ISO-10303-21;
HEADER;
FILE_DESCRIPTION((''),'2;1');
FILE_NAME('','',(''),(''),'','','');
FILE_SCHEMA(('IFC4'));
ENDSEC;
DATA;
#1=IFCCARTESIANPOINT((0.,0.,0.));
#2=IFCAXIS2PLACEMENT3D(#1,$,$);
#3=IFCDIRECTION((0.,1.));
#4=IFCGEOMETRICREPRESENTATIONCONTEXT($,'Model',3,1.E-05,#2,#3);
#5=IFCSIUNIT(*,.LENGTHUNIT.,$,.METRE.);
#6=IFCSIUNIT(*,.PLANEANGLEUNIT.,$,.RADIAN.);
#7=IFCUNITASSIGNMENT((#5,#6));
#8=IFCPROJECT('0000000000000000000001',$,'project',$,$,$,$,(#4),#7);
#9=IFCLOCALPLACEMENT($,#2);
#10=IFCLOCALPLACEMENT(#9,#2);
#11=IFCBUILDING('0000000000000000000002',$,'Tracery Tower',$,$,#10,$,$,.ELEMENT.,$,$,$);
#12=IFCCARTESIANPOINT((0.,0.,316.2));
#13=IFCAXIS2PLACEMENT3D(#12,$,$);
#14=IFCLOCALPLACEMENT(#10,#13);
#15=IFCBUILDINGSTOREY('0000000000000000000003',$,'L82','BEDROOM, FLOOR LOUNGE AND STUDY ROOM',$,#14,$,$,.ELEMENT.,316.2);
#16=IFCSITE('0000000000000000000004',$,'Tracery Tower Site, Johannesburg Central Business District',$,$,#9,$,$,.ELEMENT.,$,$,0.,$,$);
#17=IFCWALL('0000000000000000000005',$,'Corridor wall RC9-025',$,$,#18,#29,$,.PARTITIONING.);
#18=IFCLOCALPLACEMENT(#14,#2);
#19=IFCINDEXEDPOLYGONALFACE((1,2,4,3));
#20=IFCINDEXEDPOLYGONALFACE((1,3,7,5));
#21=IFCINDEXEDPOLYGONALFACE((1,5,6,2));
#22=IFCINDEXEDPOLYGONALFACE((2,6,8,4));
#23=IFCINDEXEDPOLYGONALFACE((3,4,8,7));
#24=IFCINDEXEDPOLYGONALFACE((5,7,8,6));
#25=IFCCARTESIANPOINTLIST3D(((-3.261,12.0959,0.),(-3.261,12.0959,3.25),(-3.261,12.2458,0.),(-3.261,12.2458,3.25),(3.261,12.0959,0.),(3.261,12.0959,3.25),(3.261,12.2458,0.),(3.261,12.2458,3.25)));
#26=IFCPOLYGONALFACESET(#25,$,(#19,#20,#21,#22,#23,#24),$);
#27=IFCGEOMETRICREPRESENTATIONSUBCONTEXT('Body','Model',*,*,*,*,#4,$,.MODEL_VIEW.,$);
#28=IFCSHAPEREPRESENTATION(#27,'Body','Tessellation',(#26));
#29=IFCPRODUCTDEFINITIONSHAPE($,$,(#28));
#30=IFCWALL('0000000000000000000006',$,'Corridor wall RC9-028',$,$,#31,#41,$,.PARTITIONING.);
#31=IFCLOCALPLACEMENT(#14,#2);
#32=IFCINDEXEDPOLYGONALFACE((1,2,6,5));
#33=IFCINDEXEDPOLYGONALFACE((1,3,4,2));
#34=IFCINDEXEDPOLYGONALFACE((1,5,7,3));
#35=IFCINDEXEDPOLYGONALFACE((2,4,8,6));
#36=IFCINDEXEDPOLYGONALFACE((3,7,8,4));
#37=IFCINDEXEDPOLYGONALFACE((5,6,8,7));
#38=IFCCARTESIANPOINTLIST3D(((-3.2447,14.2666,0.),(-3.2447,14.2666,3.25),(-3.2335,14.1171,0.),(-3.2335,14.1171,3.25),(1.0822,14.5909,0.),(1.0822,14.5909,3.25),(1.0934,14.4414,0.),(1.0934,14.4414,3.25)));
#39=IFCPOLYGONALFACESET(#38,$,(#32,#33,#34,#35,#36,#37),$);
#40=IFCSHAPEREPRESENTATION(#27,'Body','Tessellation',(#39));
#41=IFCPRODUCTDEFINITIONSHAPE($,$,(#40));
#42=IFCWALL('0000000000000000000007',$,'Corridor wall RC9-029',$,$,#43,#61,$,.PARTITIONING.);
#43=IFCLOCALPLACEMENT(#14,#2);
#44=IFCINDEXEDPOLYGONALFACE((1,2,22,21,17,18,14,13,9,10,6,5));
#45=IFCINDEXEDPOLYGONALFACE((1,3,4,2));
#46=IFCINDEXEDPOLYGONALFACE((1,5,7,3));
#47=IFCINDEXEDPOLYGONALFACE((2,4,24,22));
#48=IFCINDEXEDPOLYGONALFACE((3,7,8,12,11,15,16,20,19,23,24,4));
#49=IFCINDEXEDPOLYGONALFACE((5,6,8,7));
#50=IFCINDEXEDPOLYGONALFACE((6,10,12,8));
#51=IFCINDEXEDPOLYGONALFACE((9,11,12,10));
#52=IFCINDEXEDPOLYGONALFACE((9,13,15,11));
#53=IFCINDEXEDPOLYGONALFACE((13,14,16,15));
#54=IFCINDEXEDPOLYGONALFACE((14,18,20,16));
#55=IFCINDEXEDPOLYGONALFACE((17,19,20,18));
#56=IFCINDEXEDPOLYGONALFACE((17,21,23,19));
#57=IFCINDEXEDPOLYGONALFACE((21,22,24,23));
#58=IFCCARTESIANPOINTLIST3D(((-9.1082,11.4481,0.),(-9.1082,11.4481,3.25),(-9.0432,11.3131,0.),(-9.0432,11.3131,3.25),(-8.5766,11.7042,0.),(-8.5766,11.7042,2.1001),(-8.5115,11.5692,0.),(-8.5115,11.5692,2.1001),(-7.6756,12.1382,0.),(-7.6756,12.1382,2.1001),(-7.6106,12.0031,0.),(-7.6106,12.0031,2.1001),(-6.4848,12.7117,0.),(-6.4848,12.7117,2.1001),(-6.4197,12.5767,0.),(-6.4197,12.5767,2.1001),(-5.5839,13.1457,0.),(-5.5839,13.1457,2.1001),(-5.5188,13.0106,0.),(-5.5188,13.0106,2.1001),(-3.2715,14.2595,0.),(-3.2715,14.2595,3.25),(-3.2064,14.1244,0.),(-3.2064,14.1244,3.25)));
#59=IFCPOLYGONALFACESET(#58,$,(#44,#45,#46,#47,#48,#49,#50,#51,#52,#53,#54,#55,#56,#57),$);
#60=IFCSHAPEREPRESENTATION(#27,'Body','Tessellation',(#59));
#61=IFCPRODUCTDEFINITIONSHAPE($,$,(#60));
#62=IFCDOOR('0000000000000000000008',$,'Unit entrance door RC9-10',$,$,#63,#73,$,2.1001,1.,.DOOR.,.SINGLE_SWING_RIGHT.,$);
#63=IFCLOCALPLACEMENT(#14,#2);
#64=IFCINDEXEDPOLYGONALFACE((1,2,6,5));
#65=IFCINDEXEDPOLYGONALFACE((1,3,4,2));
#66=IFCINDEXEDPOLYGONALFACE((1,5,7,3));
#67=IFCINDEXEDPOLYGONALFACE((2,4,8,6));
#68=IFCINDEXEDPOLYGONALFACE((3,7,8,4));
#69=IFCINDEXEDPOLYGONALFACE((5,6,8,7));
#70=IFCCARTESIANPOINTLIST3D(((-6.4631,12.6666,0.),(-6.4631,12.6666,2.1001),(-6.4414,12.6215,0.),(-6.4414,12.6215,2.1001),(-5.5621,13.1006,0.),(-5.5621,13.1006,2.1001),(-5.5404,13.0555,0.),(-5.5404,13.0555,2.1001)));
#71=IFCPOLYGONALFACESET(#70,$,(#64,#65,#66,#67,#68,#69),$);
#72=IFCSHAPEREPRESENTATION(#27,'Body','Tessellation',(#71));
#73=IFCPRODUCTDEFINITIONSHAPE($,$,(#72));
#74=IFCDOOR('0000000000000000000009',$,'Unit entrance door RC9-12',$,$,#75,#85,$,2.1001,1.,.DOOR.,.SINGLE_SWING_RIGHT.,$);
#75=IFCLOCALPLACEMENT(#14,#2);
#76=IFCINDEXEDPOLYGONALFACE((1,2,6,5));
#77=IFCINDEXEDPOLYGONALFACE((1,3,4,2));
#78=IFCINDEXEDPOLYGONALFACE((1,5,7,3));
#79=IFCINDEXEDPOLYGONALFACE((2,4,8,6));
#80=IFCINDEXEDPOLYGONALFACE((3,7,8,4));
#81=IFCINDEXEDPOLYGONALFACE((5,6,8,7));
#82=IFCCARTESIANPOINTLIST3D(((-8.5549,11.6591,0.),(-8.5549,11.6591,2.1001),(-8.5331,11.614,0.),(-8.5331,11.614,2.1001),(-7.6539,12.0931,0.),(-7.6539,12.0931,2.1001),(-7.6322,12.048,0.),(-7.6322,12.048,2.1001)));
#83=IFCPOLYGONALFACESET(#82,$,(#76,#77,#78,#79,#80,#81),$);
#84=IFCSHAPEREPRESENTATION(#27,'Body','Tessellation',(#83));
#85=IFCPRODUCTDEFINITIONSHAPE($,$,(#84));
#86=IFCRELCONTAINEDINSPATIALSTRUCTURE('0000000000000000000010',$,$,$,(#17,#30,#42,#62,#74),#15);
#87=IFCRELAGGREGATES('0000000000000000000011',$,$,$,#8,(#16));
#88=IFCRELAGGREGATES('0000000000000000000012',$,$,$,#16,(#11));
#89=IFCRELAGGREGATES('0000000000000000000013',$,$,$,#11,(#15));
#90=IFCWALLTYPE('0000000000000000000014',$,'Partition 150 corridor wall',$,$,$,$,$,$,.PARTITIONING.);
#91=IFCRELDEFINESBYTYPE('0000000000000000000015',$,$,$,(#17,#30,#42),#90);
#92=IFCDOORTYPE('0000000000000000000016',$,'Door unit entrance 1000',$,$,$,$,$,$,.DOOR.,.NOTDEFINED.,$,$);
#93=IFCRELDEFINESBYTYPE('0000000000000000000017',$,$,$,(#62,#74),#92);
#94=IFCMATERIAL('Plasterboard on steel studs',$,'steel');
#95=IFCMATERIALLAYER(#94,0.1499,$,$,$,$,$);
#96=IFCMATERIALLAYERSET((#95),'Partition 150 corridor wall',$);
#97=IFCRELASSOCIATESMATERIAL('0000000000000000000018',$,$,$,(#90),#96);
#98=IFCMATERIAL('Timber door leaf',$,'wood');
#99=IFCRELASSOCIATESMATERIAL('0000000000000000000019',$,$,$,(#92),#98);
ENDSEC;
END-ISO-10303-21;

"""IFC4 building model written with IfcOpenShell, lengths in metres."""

from ifc_helpers import new_model, si_unit, direction, frame, frame_2d, origin, place, context, subcontext, project, spatial, rectangle, extrude, material, layer, layer_set, type_object, element, fill, save


model = new_model("IFC4")

# Units and contexts
model_context = context("Model", 3, precision=1e-05, world=origin(), true_north=direction((0.0, 1.0)))
body_context = subcontext(model_context, "Body", "Model", "MODEL_VIEW")
ifc_project = project(units=[si_unit("LENGTHUNIT", "METRE"), si_unit("PLANEANGLEUNIT", "RADIAN")], contexts=[model_context])

# Site, building, storey
site_placement = place(None, origin())
site = spatial("IfcSite", under=ifc_project, at=site_placement, Name="Tracery Tower Site, Johannesburg Central Business District", CompositionType="ELEMENT", RefElevation=0.0)
building_placement = place(site_placement, origin())
building = spatial("IfcBuilding", under=site, at=building_placement, Name="Tracery Tower", CompositionType="ELEMENT")
storey_placement = place(building_placement, frame((0.0, 0.0, 316.2)))
storey = spatial("IfcBuildingStorey", under=building, at=storey_placement, Name="L82", Description="BEDROOM, FLOOR LOUNGE AND STUDY ROOM", CompositionType="ELEMENT", Elevation=316.2)

# Walls
ifc_material_1 = material(Name="Plasterboard on steel studs", Category="steel")
ifc_layer_1 = layer(ifc_material_1, 0.1499)
ifc_layer_set_1 = layer_set([ifc_layer_1], Name="Partition 150 corridor wall")
wall_type_1 = type_object("IfcWallType", Name="Partition 150 corridor wall", PredefinedType="PARTITIONING", material=ifc_layer_set_1)
wall_1_placement = place(storey_placement, frame((-3.261, 12.1709, 0.0), z_axis=(0.0, 0.0, 1.0), x_axis=(1.0, 0.0, 0.0)))
element("IfcWall", 1, at=wall_1_placement, inside=storey, type_object=wall_type_1, Name="Corridor wall RC9-025", PredefinedType="PARTITIONING", context=body_context, shape_type="SweptSolid", body=[
    extrude(rectangle(XDim=6.522, YDim=0.1499, at=frame_2d((3.261, 0.0))), origin(), (0.0, 0.0, 1.0), 3.25),
])
wall_2_placement = place(storey_placement, frame((-3.239, 14.1919, 0.0), z_axis=(0.0, 0.0, 1.0), x_axis=(0.997204, 0.074721, 0.0)))
element("IfcWall", 2, at=wall_2_placement, inside=storey, type_object=wall_type_1, Name="Corridor wall RC9-028", PredefinedType="PARTITIONING", context=body_context, shape_type="SweptSolid", body=[
    extrude(rectangle(XDim=4.3391, YDim=0.1499, at=frame_2d((2.1694, 0.0))), origin(), (0.0, 0.0, 1.0), 3.25),
])

# Wall, openings, doors
wall_3_placement = place(storey_placement, frame((-9.0757, 11.3806, 0.0), z_axis=(0.0, 0.0, 1.0), x_axis=(0.900939, 0.433945, 0.0)))
wall_3 = element("IfcWall", 3, at=wall_3_placement, inside=storey, type_object=wall_type_1, Name="Corridor wall RC9-029", PredefinedType="PARTITIONING", context=body_context, shape_type="SweptSolid", body=[
    extrude(rectangle(XDim=6.4785, YDim=0.1499, at=frame_2d((3.2393, 0.0))), origin(), (0.0, 0.0, 1.0), 3.25),
])
opening_1_placement = place(wall_3_placement, frame((2.9119, 0.0, 0.0)))
opening_1 = element("IfcOpeningElement", 4, at=opening_1_placement, cuts=wall_3, PredefinedType="OPENING", context=body_context, shape_type="SweptSolid", body=[
    extrude(rectangle(XDim=1.0, YDim=2.1001, at=frame_2d((0.5, 1.05))), frame((0.0, 0.075, 0.0), z_axis=(0.0, -1.0, 0.0), x_axis=(1.0, 0.0, 0.0)), (0.0, 0.0, 1.0), 0.1499),
])
opening_2_placement = place(wall_3_placement, frame((0.5901, 0.0, 0.0)))
opening_2 = element("IfcOpeningElement", 5, at=opening_2_placement, cuts=wall_3, PredefinedType="OPENING", context=body_context, shape_type="SweptSolid", body=[
    extrude(rectangle(XDim=1.0, YDim=2.1001, at=frame_2d((0.5, 1.05))), frame((0.0, 0.075, 0.0), z_axis=(0.0, -1.0, 0.0), x_axis=(1.0, 0.0, 0.0)), (0.0, 0.0, 1.0), 0.1499),
])
ifc_material_2 = material(Name="Timber door leaf", Category="wood")
door_type_1 = type_object("IfcDoorType", Name="Door unit entrance 1000", OperationType="NOTDEFINED", PredefinedType="DOOR", material=ifc_material_2)
door_1_placement = place(opening_1_placement, origin())
door_1 = element("IfcDoor", 6, at=door_1_placement, inside=storey, type_object=door_type_1, Name="Unit entrance door RC9-10", OperationType="SINGLE_SWING_RIGHT", OverallHeight=2.1001, OverallWidth=1.0, PredefinedType="DOOR", context=body_context, shape_type="SweptSolid", body=[
    extrude(rectangle(XDim=1.0, YDim=2.1001, at=frame_2d((0.5, 1.05))), frame((0.0, 0.0249, 0.0), z_axis=(0.0, -1.0, 0.0), x_axis=(1.0, 0.0, 0.0)), (0.0, 0.0, 1.0), 0.05),
])
fill(opening_1, door_1)
door_2_placement = place(opening_2_placement, origin())
door_2 = element("IfcDoor", 7, at=door_2_placement, inside=storey, type_object=door_type_1, Name="Unit entrance door RC9-12", OperationType="SINGLE_SWING_RIGHT", OverallHeight=2.1001, OverallWidth=1.0, PredefinedType="DOOR", context=body_context, shape_type="SweptSolid", body=[
    extrude(rectangle(XDim=1.0, YDim=2.1001, at=frame_2d((0.5, 1.05))), frame((0.0, 0.0249, 0.0), z_axis=(0.0, -1.0, 0.0), x_axis=(1.0, 0.0, 0.0)), (0.0, 0.0, 1.0), 0.05),
])
fill(opening_2, door_2)

save(model, "model.ifc")
